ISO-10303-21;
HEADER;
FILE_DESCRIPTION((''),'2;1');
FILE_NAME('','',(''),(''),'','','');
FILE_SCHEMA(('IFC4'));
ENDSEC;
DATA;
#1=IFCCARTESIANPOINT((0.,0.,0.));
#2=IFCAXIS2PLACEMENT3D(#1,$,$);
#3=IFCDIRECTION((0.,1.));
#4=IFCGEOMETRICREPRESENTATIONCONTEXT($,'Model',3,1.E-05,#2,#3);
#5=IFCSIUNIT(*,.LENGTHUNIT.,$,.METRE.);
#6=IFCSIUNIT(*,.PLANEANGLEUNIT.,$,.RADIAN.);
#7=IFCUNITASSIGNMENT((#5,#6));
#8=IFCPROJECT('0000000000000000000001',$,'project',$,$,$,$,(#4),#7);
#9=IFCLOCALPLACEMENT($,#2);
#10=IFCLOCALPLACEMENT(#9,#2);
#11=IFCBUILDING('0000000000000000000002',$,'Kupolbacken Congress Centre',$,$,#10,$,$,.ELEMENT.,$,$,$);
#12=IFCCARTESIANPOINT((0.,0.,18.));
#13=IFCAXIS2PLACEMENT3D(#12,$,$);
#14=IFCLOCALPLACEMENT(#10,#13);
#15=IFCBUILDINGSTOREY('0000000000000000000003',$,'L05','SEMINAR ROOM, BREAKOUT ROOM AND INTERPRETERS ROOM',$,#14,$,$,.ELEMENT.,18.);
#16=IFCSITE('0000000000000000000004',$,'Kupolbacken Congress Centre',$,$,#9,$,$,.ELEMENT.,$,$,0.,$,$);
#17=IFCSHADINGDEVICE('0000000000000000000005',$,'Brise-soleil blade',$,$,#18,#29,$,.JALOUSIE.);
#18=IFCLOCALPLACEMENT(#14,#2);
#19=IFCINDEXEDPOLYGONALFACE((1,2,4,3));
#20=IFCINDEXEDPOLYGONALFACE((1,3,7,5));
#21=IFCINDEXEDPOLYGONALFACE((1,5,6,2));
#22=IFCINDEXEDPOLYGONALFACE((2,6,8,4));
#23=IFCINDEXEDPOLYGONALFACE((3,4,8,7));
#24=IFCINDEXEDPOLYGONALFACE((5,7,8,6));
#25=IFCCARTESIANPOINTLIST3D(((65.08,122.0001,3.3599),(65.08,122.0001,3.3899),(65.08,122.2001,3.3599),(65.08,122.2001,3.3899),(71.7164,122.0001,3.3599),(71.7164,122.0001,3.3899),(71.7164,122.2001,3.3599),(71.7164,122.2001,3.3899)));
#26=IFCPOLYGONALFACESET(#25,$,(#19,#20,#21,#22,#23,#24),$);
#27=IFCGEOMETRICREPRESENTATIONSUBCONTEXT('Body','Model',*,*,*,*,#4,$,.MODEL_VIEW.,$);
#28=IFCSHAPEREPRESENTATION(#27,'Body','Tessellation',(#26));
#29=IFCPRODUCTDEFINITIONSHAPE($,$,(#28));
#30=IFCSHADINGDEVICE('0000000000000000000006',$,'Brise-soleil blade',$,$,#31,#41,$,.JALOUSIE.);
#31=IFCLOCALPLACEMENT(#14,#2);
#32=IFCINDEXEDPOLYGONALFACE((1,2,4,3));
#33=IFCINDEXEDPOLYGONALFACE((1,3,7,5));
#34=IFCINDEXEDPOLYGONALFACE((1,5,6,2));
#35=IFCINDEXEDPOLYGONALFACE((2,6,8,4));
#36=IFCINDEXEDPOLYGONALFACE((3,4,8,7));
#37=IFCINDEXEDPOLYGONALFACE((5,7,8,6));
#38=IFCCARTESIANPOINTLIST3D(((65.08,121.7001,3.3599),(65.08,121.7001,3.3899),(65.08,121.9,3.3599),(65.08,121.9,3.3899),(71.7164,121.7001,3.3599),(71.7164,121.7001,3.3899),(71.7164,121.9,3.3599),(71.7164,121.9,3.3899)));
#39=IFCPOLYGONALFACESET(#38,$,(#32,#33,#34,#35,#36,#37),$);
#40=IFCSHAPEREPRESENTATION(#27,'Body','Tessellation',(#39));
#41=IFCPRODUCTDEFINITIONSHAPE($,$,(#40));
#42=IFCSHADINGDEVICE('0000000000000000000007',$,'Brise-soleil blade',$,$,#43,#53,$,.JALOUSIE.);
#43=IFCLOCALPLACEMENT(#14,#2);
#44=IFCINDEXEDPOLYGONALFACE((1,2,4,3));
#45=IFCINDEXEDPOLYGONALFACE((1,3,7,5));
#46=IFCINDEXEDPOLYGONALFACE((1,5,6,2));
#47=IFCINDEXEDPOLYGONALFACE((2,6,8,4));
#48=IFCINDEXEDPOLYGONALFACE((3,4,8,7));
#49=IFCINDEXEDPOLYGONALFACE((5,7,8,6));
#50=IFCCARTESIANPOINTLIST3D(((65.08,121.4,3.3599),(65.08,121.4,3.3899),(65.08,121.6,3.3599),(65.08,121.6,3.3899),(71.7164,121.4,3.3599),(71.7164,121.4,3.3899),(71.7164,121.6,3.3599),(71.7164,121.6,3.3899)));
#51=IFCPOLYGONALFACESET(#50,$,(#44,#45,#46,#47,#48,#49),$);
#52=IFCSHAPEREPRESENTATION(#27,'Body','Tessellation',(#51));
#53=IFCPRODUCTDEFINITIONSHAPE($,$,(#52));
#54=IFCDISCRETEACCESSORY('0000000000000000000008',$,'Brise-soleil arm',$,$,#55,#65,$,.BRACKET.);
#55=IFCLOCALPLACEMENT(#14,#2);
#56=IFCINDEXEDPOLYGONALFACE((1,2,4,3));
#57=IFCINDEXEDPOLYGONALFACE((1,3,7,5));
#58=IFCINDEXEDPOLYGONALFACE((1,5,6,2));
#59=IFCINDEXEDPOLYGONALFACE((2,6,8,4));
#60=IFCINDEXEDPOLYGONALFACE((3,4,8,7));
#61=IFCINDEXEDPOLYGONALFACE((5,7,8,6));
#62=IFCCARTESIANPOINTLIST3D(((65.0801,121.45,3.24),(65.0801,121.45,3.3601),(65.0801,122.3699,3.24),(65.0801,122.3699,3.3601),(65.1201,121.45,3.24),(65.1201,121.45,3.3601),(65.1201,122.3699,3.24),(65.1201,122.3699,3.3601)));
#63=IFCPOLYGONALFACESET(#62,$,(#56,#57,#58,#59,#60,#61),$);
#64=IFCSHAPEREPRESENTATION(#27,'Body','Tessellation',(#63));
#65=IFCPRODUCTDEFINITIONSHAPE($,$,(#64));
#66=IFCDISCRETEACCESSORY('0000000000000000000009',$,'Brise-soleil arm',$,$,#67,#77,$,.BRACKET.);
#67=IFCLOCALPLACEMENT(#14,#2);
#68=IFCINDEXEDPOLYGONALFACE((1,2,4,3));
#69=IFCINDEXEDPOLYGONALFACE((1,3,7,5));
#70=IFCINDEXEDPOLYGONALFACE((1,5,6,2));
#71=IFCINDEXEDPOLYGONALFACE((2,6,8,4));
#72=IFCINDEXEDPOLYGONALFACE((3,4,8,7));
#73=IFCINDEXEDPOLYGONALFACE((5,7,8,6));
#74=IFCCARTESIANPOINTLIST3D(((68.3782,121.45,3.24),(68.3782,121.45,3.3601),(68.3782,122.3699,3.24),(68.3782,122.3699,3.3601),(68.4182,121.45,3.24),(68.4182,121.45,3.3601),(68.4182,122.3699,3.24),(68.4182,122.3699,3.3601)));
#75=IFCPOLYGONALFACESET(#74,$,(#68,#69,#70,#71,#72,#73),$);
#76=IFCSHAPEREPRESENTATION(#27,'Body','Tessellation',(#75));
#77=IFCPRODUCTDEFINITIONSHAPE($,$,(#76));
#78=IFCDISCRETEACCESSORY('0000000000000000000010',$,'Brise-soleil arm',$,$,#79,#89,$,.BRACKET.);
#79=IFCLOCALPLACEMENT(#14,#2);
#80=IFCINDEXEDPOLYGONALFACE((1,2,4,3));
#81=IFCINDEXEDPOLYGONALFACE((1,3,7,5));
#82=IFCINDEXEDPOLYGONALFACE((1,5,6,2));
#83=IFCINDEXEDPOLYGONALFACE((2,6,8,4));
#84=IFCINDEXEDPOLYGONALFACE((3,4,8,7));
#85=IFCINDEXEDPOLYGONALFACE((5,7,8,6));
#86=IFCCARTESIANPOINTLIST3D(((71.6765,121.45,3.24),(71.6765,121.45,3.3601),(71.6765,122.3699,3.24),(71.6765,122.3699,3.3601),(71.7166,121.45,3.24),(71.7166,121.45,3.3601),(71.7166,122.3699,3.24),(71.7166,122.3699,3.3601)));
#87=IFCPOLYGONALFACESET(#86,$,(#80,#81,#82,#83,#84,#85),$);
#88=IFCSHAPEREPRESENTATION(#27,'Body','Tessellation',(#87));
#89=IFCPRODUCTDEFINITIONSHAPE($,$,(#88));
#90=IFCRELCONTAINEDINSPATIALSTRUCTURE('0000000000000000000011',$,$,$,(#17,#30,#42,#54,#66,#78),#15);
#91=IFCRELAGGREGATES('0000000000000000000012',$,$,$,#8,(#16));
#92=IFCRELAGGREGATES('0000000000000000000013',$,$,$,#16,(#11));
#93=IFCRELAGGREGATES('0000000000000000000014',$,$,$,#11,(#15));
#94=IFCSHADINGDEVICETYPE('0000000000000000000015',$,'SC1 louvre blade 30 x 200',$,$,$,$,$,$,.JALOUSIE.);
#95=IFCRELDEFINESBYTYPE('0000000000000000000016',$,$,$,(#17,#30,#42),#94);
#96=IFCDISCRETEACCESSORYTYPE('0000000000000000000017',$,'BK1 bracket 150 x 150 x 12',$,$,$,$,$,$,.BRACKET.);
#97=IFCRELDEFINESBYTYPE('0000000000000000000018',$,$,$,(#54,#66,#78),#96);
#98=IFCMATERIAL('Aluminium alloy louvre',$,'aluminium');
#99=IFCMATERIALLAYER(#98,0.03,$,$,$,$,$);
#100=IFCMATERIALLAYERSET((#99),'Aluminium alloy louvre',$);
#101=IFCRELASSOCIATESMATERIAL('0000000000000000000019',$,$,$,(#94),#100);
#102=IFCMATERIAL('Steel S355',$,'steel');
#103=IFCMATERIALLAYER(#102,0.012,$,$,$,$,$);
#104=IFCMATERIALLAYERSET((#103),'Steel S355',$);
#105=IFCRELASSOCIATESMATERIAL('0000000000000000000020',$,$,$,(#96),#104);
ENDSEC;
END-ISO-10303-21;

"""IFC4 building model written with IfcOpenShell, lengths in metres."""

from ifc_helpers import new_model, si_unit, direction, frame, origin, origin_2d, place, context, subcontext, project, spatial, rectangle, extrude, material, layer, layer_set, type_object, element, save


model = new_model("IFC4")

# Units and contexts
model_context = context("Model", 3, precision=1e-05, world=origin(), true_north=direction((0.0, 1.0)))
body_context = subcontext(model_context, "Body", "Model", "MODEL_VIEW")
ifc_project = project(units=[si_unit("LENGTHUNIT", "METRE"), si_unit("PLANEANGLEUNIT", "RADIAN")], contexts=[model_context])

# Site, building, storey
site_placement = place(None, origin())
site = spatial("IfcSite", under=ifc_project, at=site_placement, Name="Kupolbacken Congress Centre", CompositionType="ELEMENT", RefElevation=0.0)
building_placement = place(site_placement, origin())
building = spatial("IfcBuilding", under=site, at=building_placement, Name="Kupolbacken Congress Centre", CompositionType="ELEMENT")
storey_placement = place(building_placement, frame((0.0, 0.0, 18.0)))
storey = spatial("IfcBuildingStorey", under=building, at=storey_placement, Name="L05", Description="SEMINAR ROOM, BREAKOUT ROOM AND INTERPRETERS ROOM", CompositionType="ELEMENT", Elevation=18.0)

# Shading devices
ifc_material_1 = material(Name="Aluminium alloy louvre", Category="aluminium")
ifc_layer_1 = layer(ifc_material_1, 0.03)
ifc_layer_set_1 = layer_set([ifc_layer_1], Name="Aluminium alloy louvre")
shading_device_type = type_object("IfcShadingDeviceType", Name="SC1 louvre blade 30 x 200", PredefinedType="JALOUSIE", material=ifc_layer_set_1)
for number, where, z_axis, x_axis, name in (
    (1, (68.3982, 122.1001, 3.3599), (0.0, 0.0, 1.0), (1.0, 0.0, 0.0), "Brise-soleil blade"),
    (2, (68.3982, 121.8, 3.3599), (0.0, 0.0, 1.0), (1.0, 0.0, 0.0), "Brise-soleil blade"),
    (3, (68.3982, 121.5, 3.3599), (0.0, 0.0, 1.0), (1.0, 0.0, 0.0), "Brise-soleil blade"),
):
    element("IfcShadingDevice", number, at=place(storey_placement, frame(where, z_axis=z_axis, x_axis=x_axis)), inside=storey, type_object=shading_device_type, Name=name, PredefinedType="JALOUSIE", context=body_context, shape_type="SweptSolid", body=[
        extrude(rectangle(XDim=6.6365, YDim=0.2, at=origin_2d()), origin(), (0.0, 0.0, 1.0), 0.03),
    ])

# Discrete accessories
ifc_material_2 = material(Name="Steel S355", Category="steel")
ifc_layer_2 = layer(ifc_material_2, 0.012)
ifc_layer_set_2 = layer_set([ifc_layer_2], Name="Steel S355")
discrete_accessory_type = type_object("IfcDiscreteAccessoryType", Name="BK1 bracket 150 x 150 x 12", PredefinedType="BRACKET", material=ifc_layer_set_2)
for number, where, z_axis, x_axis, name in (
    (4, (65.1001, 121.9099, 3.24), (0.0, 0.0, 1.0), (1.0, 0.0, 0.0), "Brise-soleil arm"),
    (5, (68.3982, 121.9099, 3.24), (0.0, 0.0, 1.0), (1.0, 0.0, 0.0), "Brise-soleil arm"),
    (6, (71.6965, 121.9099, 3.24), (0.0, 0.0, 1.0), (1.0, 0.0, 0.0), "Brise-soleil arm"),
):
    element("IfcDiscreteAccessory", number, at=place(storey_placement, frame(where, z_axis=z_axis, x_axis=x_axis)), inside=storey, type_object=discrete_accessory_type, Name=name, PredefinedType="BRACKET", context=body_context, shape_type="SweptSolid", body=[
        extrude(rectangle(XDim=0.04, YDim=0.9199, at=origin_2d()), origin(), (0.0, 0.0, 1.0), 0.1201),
    ])

save(model, "model.ifc")
